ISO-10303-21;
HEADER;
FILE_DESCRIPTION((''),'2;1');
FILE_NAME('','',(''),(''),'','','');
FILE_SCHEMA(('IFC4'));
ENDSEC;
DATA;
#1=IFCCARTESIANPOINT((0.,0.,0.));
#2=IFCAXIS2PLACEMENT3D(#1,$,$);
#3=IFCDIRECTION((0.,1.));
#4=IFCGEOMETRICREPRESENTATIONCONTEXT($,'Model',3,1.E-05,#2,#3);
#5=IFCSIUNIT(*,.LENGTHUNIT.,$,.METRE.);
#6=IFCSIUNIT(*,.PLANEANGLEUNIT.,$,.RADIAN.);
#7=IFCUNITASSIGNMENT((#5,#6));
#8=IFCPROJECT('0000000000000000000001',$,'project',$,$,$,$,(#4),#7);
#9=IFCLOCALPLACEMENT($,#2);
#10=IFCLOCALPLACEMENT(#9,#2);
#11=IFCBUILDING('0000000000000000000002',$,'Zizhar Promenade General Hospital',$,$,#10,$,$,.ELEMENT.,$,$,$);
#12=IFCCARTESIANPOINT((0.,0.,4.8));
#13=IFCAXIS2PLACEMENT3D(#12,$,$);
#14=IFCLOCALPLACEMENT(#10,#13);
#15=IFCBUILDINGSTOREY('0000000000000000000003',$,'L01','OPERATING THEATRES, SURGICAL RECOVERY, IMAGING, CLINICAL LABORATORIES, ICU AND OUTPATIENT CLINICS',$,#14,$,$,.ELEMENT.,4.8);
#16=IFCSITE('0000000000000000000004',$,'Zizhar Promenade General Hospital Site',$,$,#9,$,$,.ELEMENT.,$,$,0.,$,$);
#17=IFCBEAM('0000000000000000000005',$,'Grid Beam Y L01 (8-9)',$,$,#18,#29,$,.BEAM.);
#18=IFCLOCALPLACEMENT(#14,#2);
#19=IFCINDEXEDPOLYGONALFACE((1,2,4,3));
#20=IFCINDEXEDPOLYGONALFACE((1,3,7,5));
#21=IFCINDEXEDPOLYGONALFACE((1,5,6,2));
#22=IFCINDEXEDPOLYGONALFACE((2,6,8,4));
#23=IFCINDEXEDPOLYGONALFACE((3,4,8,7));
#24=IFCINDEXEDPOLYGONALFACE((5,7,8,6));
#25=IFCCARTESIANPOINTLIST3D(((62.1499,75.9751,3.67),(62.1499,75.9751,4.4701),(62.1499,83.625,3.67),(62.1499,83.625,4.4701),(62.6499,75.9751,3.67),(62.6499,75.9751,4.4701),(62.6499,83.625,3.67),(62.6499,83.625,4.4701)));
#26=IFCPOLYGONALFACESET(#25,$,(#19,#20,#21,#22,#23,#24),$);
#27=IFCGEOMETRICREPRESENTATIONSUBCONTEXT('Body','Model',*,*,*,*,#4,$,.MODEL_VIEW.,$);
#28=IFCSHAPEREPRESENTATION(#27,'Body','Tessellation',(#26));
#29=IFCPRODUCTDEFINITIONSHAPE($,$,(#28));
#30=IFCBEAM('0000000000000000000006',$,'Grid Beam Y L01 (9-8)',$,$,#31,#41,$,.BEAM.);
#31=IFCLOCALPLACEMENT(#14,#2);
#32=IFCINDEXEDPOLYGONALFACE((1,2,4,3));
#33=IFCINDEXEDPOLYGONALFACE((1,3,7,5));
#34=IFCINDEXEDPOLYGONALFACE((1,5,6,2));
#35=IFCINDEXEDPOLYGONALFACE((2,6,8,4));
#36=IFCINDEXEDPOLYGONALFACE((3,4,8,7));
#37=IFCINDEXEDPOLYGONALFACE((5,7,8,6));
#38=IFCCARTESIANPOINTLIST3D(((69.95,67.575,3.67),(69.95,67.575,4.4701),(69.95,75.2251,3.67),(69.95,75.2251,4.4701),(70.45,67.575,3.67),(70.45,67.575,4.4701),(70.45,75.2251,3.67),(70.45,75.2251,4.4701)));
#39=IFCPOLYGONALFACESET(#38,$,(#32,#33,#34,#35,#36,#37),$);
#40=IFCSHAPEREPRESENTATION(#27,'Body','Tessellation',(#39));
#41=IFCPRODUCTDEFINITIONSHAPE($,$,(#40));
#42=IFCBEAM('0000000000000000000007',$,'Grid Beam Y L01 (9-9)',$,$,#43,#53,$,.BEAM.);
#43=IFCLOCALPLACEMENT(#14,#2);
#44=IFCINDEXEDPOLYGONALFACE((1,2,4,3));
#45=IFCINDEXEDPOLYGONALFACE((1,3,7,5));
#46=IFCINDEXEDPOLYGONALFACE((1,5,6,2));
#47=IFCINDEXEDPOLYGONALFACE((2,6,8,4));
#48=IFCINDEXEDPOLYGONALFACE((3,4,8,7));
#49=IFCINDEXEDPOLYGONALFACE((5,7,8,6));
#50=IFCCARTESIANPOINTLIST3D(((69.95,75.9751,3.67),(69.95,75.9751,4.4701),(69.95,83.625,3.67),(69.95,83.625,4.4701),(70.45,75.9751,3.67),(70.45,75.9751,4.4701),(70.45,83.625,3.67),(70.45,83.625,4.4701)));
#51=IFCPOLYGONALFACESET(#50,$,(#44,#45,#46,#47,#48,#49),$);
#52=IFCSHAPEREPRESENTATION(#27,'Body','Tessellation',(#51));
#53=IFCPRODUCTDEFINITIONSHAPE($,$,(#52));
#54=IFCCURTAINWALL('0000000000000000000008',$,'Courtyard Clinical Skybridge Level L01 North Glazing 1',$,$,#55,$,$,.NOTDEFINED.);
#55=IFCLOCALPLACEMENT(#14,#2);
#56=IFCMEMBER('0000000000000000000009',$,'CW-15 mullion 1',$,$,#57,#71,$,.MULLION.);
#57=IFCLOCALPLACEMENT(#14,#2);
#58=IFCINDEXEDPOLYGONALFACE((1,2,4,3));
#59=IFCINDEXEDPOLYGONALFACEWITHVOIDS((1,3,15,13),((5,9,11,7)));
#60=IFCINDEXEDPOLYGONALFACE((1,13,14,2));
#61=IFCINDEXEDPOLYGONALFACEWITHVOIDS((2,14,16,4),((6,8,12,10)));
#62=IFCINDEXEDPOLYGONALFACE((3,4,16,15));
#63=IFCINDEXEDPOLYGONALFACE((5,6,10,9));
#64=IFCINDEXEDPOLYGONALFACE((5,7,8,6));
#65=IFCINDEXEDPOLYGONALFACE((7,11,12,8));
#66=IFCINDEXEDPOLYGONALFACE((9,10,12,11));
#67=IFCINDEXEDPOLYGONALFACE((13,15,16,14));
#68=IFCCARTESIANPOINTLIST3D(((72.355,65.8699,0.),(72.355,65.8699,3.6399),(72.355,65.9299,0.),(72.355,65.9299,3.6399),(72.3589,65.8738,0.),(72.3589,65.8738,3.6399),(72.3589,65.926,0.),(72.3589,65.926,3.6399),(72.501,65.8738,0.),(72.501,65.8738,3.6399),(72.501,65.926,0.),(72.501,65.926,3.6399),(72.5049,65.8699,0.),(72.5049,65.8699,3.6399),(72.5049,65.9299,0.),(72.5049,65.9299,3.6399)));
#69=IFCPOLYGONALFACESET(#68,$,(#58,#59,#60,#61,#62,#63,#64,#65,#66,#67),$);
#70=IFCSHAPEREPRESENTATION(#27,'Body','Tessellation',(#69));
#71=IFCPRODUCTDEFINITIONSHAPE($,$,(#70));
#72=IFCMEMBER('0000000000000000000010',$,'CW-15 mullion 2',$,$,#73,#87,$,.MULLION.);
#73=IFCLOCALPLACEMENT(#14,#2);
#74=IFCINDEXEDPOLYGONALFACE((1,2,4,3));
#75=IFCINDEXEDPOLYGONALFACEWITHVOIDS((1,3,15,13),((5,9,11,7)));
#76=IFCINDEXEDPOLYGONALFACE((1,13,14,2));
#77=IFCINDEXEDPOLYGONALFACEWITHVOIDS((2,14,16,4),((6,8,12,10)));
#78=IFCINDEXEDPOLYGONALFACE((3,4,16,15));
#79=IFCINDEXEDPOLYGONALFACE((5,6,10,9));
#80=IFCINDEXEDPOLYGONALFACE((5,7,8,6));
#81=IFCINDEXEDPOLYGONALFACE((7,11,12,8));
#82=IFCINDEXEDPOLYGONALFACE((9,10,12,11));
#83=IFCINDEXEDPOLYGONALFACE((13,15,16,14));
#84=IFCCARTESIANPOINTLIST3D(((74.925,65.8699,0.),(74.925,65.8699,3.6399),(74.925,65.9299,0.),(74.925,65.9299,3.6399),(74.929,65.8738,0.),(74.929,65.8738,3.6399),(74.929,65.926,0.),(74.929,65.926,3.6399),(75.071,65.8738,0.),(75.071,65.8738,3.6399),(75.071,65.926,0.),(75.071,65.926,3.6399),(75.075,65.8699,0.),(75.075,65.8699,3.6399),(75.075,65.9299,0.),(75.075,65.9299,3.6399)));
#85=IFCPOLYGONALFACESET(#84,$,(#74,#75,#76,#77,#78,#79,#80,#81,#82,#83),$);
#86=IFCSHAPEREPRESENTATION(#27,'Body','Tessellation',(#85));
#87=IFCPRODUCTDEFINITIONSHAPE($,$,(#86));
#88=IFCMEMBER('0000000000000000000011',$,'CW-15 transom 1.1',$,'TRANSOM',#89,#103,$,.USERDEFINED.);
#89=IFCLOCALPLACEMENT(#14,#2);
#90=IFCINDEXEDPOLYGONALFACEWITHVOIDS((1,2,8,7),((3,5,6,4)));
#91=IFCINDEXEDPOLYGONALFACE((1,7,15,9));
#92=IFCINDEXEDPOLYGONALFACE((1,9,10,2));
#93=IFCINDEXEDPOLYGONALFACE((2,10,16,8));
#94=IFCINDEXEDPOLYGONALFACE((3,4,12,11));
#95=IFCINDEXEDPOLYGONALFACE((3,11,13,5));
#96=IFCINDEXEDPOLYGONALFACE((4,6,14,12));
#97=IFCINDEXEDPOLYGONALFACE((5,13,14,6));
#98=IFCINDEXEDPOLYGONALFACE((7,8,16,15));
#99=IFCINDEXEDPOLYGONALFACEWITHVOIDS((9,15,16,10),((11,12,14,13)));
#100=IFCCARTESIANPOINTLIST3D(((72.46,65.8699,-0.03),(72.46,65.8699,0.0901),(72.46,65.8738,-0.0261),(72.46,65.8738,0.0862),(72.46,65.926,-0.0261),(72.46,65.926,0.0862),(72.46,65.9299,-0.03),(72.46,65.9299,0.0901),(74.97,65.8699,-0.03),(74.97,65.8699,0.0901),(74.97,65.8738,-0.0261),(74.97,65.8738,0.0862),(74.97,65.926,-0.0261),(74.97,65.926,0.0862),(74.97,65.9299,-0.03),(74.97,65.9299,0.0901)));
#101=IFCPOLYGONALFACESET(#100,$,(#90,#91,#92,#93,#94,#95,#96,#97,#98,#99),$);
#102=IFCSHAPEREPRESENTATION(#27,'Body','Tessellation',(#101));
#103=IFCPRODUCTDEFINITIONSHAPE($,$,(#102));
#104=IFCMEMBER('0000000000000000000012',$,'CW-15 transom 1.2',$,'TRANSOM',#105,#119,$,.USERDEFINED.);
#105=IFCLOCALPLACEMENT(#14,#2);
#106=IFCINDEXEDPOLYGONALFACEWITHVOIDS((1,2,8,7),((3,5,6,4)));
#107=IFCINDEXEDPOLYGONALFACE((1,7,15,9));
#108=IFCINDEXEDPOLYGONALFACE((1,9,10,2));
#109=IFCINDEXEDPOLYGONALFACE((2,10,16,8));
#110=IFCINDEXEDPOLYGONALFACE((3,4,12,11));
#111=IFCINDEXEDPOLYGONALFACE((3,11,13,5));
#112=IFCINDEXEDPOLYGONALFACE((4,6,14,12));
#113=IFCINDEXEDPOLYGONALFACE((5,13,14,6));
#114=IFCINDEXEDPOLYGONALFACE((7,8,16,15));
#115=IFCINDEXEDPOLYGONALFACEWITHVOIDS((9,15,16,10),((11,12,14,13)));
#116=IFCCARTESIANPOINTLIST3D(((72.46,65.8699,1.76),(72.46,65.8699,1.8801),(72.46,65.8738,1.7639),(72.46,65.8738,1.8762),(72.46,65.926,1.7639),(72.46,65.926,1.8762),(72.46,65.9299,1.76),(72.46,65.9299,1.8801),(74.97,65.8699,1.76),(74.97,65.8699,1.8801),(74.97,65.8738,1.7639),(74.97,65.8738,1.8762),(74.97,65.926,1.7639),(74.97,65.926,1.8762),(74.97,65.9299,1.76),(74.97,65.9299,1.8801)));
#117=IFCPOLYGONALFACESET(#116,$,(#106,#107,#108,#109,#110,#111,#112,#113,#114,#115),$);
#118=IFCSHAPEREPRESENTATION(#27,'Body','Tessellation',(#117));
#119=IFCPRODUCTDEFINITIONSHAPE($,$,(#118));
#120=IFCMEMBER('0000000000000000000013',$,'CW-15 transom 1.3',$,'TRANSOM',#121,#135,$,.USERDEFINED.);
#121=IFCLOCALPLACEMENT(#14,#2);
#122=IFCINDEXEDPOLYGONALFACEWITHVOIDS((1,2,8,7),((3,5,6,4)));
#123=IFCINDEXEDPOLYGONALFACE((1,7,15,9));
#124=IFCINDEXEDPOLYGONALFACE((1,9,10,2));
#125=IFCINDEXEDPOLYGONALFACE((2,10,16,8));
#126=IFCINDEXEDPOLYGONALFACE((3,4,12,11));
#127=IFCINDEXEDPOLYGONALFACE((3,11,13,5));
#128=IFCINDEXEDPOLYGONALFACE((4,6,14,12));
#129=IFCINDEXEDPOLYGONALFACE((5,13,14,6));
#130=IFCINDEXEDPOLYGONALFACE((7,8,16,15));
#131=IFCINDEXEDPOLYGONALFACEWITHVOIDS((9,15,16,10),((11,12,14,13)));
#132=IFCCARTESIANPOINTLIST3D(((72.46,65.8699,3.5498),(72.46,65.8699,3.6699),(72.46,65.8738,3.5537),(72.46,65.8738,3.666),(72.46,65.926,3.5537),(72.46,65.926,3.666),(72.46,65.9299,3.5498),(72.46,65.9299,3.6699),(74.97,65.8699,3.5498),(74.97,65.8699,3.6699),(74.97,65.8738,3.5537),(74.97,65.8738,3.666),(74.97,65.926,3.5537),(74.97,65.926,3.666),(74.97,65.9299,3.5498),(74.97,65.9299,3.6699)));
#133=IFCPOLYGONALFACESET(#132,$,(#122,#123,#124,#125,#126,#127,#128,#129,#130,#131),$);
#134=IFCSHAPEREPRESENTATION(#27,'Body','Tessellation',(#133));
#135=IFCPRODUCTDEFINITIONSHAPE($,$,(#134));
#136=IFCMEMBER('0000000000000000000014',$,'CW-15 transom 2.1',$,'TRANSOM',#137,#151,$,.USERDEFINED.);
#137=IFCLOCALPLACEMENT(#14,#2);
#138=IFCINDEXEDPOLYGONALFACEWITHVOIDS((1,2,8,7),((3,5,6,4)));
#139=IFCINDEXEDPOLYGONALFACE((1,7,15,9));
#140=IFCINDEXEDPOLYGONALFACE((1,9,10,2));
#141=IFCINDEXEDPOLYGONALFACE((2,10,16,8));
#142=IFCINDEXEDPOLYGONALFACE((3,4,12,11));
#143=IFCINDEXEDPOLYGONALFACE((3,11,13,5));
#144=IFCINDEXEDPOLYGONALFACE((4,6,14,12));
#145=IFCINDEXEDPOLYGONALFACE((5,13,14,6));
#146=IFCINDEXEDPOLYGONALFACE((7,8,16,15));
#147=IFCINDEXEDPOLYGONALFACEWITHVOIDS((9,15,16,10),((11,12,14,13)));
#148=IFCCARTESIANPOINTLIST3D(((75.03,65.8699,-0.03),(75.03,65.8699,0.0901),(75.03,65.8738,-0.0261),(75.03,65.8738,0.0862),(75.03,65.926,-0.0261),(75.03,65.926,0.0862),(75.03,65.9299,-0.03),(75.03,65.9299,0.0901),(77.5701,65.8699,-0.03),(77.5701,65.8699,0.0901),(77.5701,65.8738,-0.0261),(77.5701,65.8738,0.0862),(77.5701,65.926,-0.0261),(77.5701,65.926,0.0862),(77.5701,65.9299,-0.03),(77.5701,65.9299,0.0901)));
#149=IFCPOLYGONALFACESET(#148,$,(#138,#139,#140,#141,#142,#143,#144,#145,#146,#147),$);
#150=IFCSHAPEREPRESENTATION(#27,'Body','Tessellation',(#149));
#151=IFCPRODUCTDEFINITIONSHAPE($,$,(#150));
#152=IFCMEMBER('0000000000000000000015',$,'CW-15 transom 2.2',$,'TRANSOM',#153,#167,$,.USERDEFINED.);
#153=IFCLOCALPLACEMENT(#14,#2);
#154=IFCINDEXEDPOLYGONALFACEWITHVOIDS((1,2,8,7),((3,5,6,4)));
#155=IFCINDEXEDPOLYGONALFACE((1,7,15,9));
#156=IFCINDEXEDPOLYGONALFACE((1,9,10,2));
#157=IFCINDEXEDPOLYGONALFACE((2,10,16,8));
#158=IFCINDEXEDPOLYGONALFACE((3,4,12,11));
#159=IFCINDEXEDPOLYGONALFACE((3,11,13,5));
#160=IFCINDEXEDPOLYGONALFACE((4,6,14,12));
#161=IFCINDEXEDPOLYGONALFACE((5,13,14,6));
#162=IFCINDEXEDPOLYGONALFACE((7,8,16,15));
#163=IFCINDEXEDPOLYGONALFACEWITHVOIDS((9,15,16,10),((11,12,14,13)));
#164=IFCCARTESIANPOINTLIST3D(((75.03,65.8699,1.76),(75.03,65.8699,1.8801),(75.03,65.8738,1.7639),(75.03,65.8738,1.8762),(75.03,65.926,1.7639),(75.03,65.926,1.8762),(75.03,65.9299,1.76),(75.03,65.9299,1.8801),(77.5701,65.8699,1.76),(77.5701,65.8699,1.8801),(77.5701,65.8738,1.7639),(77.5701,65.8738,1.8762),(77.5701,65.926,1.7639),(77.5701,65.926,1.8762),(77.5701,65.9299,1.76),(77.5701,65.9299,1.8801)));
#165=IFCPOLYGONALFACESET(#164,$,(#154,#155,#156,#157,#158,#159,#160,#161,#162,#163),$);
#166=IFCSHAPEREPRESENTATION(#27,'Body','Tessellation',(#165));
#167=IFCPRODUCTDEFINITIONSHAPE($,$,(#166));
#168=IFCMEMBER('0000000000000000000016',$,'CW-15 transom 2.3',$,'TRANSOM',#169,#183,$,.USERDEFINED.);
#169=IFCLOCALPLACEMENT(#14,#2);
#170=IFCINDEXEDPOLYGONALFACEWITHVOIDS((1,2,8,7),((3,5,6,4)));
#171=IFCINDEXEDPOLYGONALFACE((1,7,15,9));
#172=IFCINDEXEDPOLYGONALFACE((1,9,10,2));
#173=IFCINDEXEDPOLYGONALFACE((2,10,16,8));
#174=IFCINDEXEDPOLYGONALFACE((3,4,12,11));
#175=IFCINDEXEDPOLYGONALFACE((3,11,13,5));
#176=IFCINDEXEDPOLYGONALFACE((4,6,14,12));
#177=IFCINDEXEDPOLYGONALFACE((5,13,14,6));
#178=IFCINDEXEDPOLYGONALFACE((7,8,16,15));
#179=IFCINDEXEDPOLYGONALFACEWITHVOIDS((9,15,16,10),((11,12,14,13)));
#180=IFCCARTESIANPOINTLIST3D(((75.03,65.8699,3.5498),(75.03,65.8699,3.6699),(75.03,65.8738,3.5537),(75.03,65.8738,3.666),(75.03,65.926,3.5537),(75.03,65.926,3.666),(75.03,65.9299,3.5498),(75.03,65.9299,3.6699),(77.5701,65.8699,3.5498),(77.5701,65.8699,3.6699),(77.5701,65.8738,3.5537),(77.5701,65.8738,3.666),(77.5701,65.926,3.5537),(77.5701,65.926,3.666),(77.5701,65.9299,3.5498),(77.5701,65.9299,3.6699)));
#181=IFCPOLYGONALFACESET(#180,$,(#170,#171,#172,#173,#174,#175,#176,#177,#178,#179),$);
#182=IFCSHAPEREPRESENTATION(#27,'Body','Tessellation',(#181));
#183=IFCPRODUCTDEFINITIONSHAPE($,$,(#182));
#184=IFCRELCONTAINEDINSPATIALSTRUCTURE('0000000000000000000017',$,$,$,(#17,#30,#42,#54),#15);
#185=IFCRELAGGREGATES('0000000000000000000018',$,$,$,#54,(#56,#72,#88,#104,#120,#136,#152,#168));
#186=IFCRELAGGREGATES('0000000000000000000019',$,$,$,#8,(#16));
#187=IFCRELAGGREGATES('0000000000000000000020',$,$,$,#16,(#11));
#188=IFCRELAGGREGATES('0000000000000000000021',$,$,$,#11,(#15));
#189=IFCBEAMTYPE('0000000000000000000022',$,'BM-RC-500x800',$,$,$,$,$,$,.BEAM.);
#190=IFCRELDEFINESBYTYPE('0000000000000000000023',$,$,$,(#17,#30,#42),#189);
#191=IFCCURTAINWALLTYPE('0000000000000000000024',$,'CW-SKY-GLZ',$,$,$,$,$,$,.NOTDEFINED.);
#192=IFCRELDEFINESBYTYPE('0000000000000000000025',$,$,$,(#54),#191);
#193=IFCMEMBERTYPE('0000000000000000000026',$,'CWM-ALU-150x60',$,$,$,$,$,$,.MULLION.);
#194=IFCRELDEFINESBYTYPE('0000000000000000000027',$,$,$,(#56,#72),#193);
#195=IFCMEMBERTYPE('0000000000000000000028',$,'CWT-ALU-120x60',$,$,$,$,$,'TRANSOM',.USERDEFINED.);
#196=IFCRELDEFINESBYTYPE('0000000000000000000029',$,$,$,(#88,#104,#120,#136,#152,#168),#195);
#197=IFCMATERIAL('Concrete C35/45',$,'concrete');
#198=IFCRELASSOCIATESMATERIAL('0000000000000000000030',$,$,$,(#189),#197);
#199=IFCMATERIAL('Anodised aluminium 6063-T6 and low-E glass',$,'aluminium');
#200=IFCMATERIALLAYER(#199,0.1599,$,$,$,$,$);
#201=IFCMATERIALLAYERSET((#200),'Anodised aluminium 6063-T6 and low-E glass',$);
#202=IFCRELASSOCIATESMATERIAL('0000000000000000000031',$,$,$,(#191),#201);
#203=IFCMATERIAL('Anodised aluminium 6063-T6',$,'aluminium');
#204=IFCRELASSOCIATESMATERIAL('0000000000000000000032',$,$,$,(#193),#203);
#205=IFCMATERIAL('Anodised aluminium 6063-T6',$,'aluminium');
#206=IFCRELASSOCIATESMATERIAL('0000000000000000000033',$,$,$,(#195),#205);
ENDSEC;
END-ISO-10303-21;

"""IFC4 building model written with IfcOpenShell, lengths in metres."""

from ifc_helpers import new_model, si_unit, direction, frame, origin, origin_2d, place, context, subcontext, project, spatial, rectangle, hollow_rectangle, extrude, material, layer, layer_set, material_profile, profile_set, type_object, element, aggregate, save


model = new_model("IFC4")

# Units and contexts
model_context = context("Model", 3, precision=1e-05, world=origin(), true_north=direction((0.0, 1.0)))
body_context = subcontext(model_context, "Body", "Model", "MODEL_VIEW")
ifc_project = project(units=[si_unit("LENGTHUNIT", "METRE"), si_unit("PLANEANGLEUNIT", "RADIAN")], contexts=[model_context])

# Site, building, storey
site_placement = place(None, origin())
site = spatial("IfcSite", under=ifc_project, at=site_placement, Name="Zizhar Promenade General Hospital Site", CompositionType="ELEMENT", RefElevation=0.0)
building_placement = place(site_placement, origin())
building = spatial("IfcBuilding", under=site, at=building_placement, Name="Zizhar Promenade General Hospital", CompositionType="ELEMENT")
storey_placement = place(building_placement, frame((0.0, 0.0, 4.8)))
storey = spatial("IfcBuildingStorey", under=building, at=storey_placement, Name="L01", Description="OPERATING THEATRES, SURGICAL RECOVERY, IMAGING, CLINICAL LABORATORIES, ICU AND OUTPATIENT CLINICS", CompositionType="ELEMENT", Elevation=4.8)

# Beams
ifc_material_1 = material(Name="Concrete C35/45", Category="concrete")
ifc_material_profile_1 = material_profile(ifc_material_1, rectangle(XDim=0.5, YDim=0.8, at=origin_2d()))
ifc_profile_set_1 = profile_set([ifc_material_profile_1], Name="Concrete C35/45")
beam_type_1 = type_object("IfcBeamType", Name="BM-RC-500x800", PredefinedType="BEAM", material=ifc_profile_set_1)
beam_1_placement = place(storey_placement, frame((62.3999, 75.9751, 4.0701), z_axis=(0.0, 1.0, 0.0), x_axis=(-1.0, 0.0, 0.0)))
element("IfcBeam", 1, at=beam_1_placement, inside=storey, type_object=beam_type_1, Name="Grid Beam Y L01 (8-9)", PredefinedType="BEAM", context=body_context, shape_type="SweptSolid", body=[
    extrude(rectangle(XDim=0.5, YDim=0.8, at=origin_2d()), origin(), (0.0, 0.0, 1.0), 7.6499),
])
beam_2_placement = place(storey_placement, frame((70.2, 67.575, 4.0701), z_axis=(0.0, 1.0, 0.0), x_axis=(-1.0, 0.0, 0.0)))
element("IfcBeam", 2, at=beam_2_placement, inside=storey, type_object=beam_type_1, Name="Grid Beam Y L01 (9-8)", PredefinedType="BEAM", context=body_context, shape_type="SweptSolid", body=[
    extrude(rectangle(XDim=0.5, YDim=0.8, at=origin_2d()), origin(), (0.0, 0.0, 1.0), 7.6501),
])
beam_3_placement = place(storey_placement, frame((70.2, 75.9751, 4.0701), z_axis=(0.0, 1.0, 0.0), x_axis=(-1.0, 0.0, 0.0)))
element("IfcBeam", 3, at=beam_3_placement, inside=storey, type_object=beam_type_1, Name="Grid Beam Y L01 (9-9)", PredefinedType="BEAM", context=body_context, shape_type="SweptSolid", body=[
    extrude(rectangle(XDim=0.5, YDim=0.8, at=origin_2d()), origin(), (0.0, 0.0, 1.0), 7.6499),
])

# Curtain wall, members
ifc_material_2 = material(Name="Anodised aluminium 6063-T6 and low-E glass", Category="aluminium")
ifc_layer_1 = layer(ifc_material_2, 0.1599)
ifc_layer_set_1 = layer_set([ifc_layer_1], Name="Anodised aluminium 6063-T6 and low-E glass")
curtain_wall_type = type_object("IfcCurtainWallType", Name="CW-SKY-GLZ", PredefinedType="NOTDEFINED", material=ifc_layer_set_1)
curtain_wall_placement = place(storey_placement, origin())
curtain_wall = element("IfcCurtainWall", 4, at=curtain_wall_placement, inside=storey, type_object=curtain_wall_type, Name="Courtyard Clinical Skybridge Level L01 North Glazing 1", PredefinedType="NOTDEFINED")
ifc_material_3 = material(Name="Anodised aluminium 6063-T6", Category="aluminium")
ifc_material_profile_2 = material_profile(ifc_material_3, hollow_rectangle(XDim=0.0601, YDim=0.1499, WallThickness=0.0039, at=origin_2d()))
ifc_profile_set_2 = profile_set([ifc_material_profile_2], Name="Anodised aluminium 6063-T6")
member_type_1 = type_object("IfcMemberType", Name="CWM-ALU-150x60", PredefinedType="MULLION", material=ifc_profile_set_2)
member_1_placement = place(storey_placement, frame((72.4299, 65.8999, 0.0), z_axis=(0.0, 0.0, 1.0), x_axis=(0.0, 1.0, 0.0)))
member_1 = element("IfcMember", 5, at=member_1_placement, type_object=member_type_1, Name="CW-15 mullion 1", PredefinedType="MULLION", context=body_context, shape_type="SweptSolid", body=[
    extrude(hollow_rectangle(XDim=0.0601, YDim=0.1499, WallThickness=0.0039, at=origin_2d()), origin(), (0.0, 0.0, 1.0), 3.6399),
])
member_2_placement = place(storey_placement, frame((75.0, 65.8999, 0.0), z_axis=(0.0, 0.0, 1.0), x_axis=(0.0, 1.0, 0.0)))
member_2 = element("IfcMember", 6, at=member_2_placement, type_object=member_type_1, Name="CW-15 mullion 2", PredefinedType="MULLION", context=body_context, shape_type="SweptSolid", body=[
    extrude(hollow_rectangle(XDim=0.0601, YDim=0.1499, WallThickness=0.0039, at=origin_2d()), origin(), (0.0, 0.0, 1.0), 3.6399),
])
ifc_material_4 = material(Name="Anodised aluminium 6063-T6", Category="aluminium")
ifc_material_profile_3 = material_profile(ifc_material_4, hollow_rectangle(XDim=0.0601, YDim=0.1201, WallThickness=0.0039, at=origin_2d()))
ifc_profile_set_3 = profile_set([ifc_material_profile_3], Name="Anodised aluminium 6063-T6")
member_type_2 = type_object("IfcMemberType", Name="CWT-ALU-120x60", ElementType="TRANSOM", PredefinedType="USERDEFINED", material=ifc_profile_set_3)
member_3_placement = place(storey_placement, frame((72.46, 65.8999, 0.03), z_axis=(1.0, 0.0, 0.0), x_axis=(0.0, 1.0, 0.0)))
member_3 = element("IfcMember", 7, at=member_3_placement, type_object=member_type_2, Name="CW-15 transom 1.1", ObjectType="TRANSOM", PredefinedType="USERDEFINED", context=body_context, shape_type="SweptSolid", body=[
    extrude(hollow_rectangle(XDim=0.0601, YDim=0.1201, WallThickness=0.0039, at=origin_2d()), origin(), (0.0, 0.0, 1.0), 2.51),
])
member_4_placement = place(storey_placement, frame((72.46, 65.8999, 1.8201), z_axis=(1.0, 0.0, 0.0), x_axis=(0.0, 1.0, 0.0)))
member_4 = element("IfcMember", 8, at=member_4_placement, type_object=member_type_2, Name="CW-15 transom 1.2", ObjectType="TRANSOM", PredefinedType="USERDEFINED", context=body_context, shape_type="SweptSolid", body=[
    extrude(hollow_rectangle(XDim=0.0601, YDim=0.1201, WallThickness=0.0039, at=origin_2d()), origin(), (0.0, 0.0, 1.0), 2.51),
])
member_5_placement = place(storey_placement, frame((72.46, 65.8999, 3.6099), z_axis=(1.0, 0.0, 0.0), x_axis=(0.0, 1.0, 0.0)))
member_5 = element("IfcMember", 9, at=member_5_placement, type_object=member_type_2, Name="CW-15 transom 1.3", ObjectType="TRANSOM", PredefinedType="USERDEFINED", context=body_context, shape_type="SweptSolid", body=[
    extrude(hollow_rectangle(XDim=0.0601, YDim=0.1201, WallThickness=0.0039, at=origin_2d()), origin(), (0.0, 0.0, 1.0), 2.51),
])
member_6_placement = place(storey_placement, frame((75.03, 65.8999, 0.03), z_axis=(1.0, 0.0, 0.0), x_axis=(0.0, 1.0, 0.0)))
member_6 = element("IfcMember", 10, at=member_6_placement, type_object=member_type_2, Name="CW-15 transom 2.1", ObjectType="TRANSOM", PredefinedType="USERDEFINED", context=body_context, shape_type="SweptSolid", body=[
    extrude(hollow_rectangle(XDim=0.0601, YDim=0.1201, WallThickness=0.0039, at=origin_2d()), origin(), (0.0, 0.0, 1.0), 2.54),
])
member_7_placement = place(storey_placement, frame((75.03, 65.8999, 1.8201), z_axis=(1.0, 0.0, 0.0), x_axis=(0.0, 1.0, 0.0)))
member_7 = element("IfcMember", 11, at=member_7_placement, type_object=member_type_2, Name="CW-15 transom 2.2", ObjectType="TRANSOM", PredefinedType="USERDEFINED", context=body_context, shape_type="SweptSolid", body=[
    extrude(hollow_rectangle(XDim=0.0601, YDim=0.1201, WallThickness=0.0039, at=origin_2d()), origin(), (0.0, 0.0, 1.0), 2.54),
])
member_8_placement = place(storey_placement, frame((75.03, 65.8999, 3.6099), z_axis=(1.0, 0.0, 0.0), x_axis=(0.0, 1.0, 0.0)))
member_8 = element("IfcMember", 12, at=member_8_placement, type_object=member_type_2, Name="CW-15 transom 2.3", ObjectType="TRANSOM", PredefinedType="USERDEFINED", context=body_context, shape_type="SweptSolid", body=[
    extrude(hollow_rectangle(XDim=0.0601, YDim=0.1201, WallThickness=0.0039, at=origin_2d()), origin(), (0.0, 0.0, 1.0), 2.54),
])
aggregate(curtain_wall, [member_1, member_2, member_3, member_4, member_5, member_6, member_7, member_8])

save(model, "model.ifc")
